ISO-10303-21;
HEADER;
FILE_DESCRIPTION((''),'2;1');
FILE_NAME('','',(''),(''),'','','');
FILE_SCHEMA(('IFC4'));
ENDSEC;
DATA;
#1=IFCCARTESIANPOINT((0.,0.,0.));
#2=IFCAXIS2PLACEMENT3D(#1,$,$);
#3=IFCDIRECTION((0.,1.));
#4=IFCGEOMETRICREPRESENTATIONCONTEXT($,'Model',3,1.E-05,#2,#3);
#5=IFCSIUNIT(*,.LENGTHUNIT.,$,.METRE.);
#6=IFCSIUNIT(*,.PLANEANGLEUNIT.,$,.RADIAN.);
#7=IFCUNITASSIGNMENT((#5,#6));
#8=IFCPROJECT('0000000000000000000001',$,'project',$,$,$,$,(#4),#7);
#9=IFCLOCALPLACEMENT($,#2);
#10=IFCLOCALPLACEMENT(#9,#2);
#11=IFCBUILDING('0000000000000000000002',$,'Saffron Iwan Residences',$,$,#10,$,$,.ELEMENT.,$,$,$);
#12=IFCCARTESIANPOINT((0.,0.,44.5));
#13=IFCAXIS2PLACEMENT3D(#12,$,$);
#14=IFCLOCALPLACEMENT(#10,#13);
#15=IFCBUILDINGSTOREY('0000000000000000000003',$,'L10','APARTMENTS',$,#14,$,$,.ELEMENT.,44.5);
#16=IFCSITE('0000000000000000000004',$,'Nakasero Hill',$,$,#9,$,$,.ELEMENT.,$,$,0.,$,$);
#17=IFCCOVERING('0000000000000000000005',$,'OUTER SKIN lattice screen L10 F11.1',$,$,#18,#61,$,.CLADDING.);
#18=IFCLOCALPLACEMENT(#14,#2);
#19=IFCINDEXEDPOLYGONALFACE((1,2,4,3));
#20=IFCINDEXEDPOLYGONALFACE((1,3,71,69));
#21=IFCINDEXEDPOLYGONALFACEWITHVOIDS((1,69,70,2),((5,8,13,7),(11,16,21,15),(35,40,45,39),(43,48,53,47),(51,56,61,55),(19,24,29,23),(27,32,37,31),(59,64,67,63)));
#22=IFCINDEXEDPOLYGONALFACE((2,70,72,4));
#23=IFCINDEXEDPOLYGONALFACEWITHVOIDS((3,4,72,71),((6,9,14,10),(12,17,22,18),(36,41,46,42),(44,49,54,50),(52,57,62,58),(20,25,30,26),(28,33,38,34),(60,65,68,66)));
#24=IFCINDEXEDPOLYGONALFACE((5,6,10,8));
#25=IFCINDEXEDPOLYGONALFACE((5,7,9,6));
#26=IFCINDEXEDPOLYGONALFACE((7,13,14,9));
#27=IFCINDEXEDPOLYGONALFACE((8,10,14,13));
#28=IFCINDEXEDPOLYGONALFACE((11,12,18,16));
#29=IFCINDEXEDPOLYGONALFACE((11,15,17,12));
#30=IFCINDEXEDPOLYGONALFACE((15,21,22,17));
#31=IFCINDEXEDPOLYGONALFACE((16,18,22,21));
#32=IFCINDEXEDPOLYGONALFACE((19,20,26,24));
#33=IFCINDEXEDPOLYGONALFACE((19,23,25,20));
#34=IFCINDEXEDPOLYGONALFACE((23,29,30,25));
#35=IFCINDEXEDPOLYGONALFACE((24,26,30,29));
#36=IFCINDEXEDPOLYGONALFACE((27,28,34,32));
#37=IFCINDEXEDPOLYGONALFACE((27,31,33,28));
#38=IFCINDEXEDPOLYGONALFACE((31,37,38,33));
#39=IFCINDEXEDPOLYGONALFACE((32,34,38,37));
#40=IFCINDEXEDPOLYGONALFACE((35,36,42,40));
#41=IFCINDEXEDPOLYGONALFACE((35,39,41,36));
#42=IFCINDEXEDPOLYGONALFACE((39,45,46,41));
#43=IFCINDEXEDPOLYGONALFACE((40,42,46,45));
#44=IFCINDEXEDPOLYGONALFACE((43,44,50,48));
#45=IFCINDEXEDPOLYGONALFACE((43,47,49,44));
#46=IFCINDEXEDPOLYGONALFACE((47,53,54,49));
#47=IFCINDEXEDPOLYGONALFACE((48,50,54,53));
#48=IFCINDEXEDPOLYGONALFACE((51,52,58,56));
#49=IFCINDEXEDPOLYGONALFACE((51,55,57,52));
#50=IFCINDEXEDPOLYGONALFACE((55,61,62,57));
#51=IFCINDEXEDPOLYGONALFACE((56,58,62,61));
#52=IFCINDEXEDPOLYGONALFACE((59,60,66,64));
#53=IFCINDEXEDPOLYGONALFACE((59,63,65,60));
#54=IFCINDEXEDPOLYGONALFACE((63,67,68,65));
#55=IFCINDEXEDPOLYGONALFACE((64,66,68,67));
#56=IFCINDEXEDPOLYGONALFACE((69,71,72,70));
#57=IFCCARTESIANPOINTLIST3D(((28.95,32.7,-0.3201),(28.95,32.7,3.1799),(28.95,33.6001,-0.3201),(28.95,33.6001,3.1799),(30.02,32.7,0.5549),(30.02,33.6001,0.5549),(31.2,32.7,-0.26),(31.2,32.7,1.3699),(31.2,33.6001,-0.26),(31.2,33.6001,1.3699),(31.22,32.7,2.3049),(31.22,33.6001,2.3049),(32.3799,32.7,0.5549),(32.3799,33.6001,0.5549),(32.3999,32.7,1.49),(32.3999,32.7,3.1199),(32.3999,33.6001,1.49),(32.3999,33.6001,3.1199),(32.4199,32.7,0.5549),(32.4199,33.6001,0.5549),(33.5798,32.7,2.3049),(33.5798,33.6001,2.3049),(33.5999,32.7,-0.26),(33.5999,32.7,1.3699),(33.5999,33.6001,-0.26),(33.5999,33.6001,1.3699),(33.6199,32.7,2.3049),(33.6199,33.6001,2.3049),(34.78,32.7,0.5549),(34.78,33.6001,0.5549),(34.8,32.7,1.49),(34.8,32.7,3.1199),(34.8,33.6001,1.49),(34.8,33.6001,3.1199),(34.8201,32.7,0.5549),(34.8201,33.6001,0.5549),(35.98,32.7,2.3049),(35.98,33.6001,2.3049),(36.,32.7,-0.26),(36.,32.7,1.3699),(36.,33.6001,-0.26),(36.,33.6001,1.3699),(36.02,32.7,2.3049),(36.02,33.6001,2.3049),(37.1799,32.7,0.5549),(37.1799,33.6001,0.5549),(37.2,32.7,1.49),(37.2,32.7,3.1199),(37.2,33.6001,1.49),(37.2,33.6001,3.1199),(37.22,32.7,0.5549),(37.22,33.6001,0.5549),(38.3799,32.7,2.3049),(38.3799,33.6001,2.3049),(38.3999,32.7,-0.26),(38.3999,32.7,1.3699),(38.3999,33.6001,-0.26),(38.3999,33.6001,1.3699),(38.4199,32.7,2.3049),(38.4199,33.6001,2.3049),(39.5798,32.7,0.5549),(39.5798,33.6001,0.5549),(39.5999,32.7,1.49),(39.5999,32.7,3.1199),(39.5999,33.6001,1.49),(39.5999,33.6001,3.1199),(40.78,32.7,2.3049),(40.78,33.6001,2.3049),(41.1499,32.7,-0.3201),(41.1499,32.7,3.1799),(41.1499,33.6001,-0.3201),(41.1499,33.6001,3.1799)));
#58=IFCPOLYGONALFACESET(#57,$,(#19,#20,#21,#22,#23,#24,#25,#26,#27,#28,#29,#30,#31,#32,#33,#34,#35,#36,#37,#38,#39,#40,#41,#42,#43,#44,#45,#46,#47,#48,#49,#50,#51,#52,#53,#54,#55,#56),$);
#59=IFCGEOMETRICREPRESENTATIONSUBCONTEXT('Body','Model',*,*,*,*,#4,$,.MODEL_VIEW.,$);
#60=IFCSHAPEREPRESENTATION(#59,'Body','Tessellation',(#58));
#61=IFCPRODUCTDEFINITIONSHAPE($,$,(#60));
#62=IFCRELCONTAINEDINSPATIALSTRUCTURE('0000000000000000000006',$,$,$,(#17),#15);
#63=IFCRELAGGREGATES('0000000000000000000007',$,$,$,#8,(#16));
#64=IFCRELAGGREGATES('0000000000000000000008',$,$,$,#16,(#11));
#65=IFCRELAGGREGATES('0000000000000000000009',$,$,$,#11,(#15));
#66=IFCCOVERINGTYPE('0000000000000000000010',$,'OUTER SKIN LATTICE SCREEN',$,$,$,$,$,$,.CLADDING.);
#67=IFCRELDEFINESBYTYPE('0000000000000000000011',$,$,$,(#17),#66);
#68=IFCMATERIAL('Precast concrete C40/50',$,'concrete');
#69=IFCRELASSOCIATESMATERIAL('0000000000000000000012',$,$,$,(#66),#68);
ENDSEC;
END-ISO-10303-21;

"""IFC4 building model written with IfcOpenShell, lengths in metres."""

from ifc_helpers import new_model, si_unit, direction, frame, origin, place, context, subcontext, project, spatial, polyline, outline, extrude, material, type_object, element, save


model = new_model("IFC4")

# Units and contexts
model_context = context("Model", 3, precision=1e-05, world=origin(), true_north=direction((0.0, 1.0)))
body_context = subcontext(model_context, "Body", "Model", "MODEL_VIEW")
ifc_project = project(units=[si_unit("LENGTHUNIT", "METRE"), si_unit("PLANEANGLEUNIT", "RADIAN")], contexts=[model_context])

# Site, building, storey
site_placement = place(None, origin())
site = spatial("IfcSite", under=ifc_project, at=site_placement, Name="Nakasero Hill", CompositionType="ELEMENT", RefElevation=0.0)
building_placement = place(site_placement, origin())
building = spatial("IfcBuilding", under=site, at=building_placement, Name="Saffron Iwan Residences", CompositionType="ELEMENT")
storey_placement = place(building_placement, frame((0.0, 0.0, 44.5)))
storey = spatial("IfcBuildingStorey", under=building, at=storey_placement, Name="L10", Description="APARTMENTS", CompositionType="ELEMENT", Elevation=44.5)

# Covering
ifc_material_1 = material(Name="Precast concrete C40/50", Category="concrete")
covering_type_1 = type_object("IfcCoveringType", Name="OUTER SKIN LATTICE SCREEN", PredefinedType="CLADDING", material=ifc_material_1)
covering_1_placement = place(storey_placement, frame((28.95, 33.6001, -0.3201), z_axis=(0.0, -1.0, 0.0), x_axis=(1.0, 0.0, 0.0)))
element("IfcCovering", 1, at=covering_1_placement, inside=storey, type_object=covering_type_1, Name="OUTER SKIN lattice screen L10 F11.1", PredefinedType="CLADDING", context=body_context, shape_type="SweptSolid", body=[
    extrude(outline(polyline([(0.0, 0.0), (12.2, 0.0), (12.2, 3.5), (0.0, 3.5), (0.0, 0.0)]), holes=[polyline([(1.0701, 0.875), (2.25, 0.0601), (3.4299, 0.875), (2.25, 1.6899), (1.0701, 0.875)]), polyline([(3.47, 0.875), (4.6499, 0.0601), (5.8301, 0.875), (4.6499, 1.6899), (3.47, 0.875)]), polyline([(5.8701, 0.875), (7.05, 0.0601), (8.23, 0.875), (7.05, 1.6899), (5.8701, 0.875)]), polyline([(8.27, 0.875), (9.45, 0.0601), (10.6299, 0.875), (9.45, 1.6899), (8.27, 0.875)]), polyline([(2.27, 2.625), (3.45, 1.8101), (4.6299, 2.625), (3.45, 3.4399), (2.27, 2.625)]), polyline([(4.6699, 2.625), (5.8501, 1.8101), (7.03, 2.625), (5.8501, 3.4399), (4.6699, 2.625)]), polyline([(7.0701, 2.625), (8.25, 1.8101), (9.4299, 2.625), (8.25, 3.4399), (7.0701, 2.625)]), polyline([(9.47, 2.625), (10.6499, 1.8101), (11.8301, 2.625), (10.6499, 3.4399), (9.47, 2.625)])]), origin(), (0.0, 0.0, 1.0), 0.9001),
])

save(model, "model.ifc")
